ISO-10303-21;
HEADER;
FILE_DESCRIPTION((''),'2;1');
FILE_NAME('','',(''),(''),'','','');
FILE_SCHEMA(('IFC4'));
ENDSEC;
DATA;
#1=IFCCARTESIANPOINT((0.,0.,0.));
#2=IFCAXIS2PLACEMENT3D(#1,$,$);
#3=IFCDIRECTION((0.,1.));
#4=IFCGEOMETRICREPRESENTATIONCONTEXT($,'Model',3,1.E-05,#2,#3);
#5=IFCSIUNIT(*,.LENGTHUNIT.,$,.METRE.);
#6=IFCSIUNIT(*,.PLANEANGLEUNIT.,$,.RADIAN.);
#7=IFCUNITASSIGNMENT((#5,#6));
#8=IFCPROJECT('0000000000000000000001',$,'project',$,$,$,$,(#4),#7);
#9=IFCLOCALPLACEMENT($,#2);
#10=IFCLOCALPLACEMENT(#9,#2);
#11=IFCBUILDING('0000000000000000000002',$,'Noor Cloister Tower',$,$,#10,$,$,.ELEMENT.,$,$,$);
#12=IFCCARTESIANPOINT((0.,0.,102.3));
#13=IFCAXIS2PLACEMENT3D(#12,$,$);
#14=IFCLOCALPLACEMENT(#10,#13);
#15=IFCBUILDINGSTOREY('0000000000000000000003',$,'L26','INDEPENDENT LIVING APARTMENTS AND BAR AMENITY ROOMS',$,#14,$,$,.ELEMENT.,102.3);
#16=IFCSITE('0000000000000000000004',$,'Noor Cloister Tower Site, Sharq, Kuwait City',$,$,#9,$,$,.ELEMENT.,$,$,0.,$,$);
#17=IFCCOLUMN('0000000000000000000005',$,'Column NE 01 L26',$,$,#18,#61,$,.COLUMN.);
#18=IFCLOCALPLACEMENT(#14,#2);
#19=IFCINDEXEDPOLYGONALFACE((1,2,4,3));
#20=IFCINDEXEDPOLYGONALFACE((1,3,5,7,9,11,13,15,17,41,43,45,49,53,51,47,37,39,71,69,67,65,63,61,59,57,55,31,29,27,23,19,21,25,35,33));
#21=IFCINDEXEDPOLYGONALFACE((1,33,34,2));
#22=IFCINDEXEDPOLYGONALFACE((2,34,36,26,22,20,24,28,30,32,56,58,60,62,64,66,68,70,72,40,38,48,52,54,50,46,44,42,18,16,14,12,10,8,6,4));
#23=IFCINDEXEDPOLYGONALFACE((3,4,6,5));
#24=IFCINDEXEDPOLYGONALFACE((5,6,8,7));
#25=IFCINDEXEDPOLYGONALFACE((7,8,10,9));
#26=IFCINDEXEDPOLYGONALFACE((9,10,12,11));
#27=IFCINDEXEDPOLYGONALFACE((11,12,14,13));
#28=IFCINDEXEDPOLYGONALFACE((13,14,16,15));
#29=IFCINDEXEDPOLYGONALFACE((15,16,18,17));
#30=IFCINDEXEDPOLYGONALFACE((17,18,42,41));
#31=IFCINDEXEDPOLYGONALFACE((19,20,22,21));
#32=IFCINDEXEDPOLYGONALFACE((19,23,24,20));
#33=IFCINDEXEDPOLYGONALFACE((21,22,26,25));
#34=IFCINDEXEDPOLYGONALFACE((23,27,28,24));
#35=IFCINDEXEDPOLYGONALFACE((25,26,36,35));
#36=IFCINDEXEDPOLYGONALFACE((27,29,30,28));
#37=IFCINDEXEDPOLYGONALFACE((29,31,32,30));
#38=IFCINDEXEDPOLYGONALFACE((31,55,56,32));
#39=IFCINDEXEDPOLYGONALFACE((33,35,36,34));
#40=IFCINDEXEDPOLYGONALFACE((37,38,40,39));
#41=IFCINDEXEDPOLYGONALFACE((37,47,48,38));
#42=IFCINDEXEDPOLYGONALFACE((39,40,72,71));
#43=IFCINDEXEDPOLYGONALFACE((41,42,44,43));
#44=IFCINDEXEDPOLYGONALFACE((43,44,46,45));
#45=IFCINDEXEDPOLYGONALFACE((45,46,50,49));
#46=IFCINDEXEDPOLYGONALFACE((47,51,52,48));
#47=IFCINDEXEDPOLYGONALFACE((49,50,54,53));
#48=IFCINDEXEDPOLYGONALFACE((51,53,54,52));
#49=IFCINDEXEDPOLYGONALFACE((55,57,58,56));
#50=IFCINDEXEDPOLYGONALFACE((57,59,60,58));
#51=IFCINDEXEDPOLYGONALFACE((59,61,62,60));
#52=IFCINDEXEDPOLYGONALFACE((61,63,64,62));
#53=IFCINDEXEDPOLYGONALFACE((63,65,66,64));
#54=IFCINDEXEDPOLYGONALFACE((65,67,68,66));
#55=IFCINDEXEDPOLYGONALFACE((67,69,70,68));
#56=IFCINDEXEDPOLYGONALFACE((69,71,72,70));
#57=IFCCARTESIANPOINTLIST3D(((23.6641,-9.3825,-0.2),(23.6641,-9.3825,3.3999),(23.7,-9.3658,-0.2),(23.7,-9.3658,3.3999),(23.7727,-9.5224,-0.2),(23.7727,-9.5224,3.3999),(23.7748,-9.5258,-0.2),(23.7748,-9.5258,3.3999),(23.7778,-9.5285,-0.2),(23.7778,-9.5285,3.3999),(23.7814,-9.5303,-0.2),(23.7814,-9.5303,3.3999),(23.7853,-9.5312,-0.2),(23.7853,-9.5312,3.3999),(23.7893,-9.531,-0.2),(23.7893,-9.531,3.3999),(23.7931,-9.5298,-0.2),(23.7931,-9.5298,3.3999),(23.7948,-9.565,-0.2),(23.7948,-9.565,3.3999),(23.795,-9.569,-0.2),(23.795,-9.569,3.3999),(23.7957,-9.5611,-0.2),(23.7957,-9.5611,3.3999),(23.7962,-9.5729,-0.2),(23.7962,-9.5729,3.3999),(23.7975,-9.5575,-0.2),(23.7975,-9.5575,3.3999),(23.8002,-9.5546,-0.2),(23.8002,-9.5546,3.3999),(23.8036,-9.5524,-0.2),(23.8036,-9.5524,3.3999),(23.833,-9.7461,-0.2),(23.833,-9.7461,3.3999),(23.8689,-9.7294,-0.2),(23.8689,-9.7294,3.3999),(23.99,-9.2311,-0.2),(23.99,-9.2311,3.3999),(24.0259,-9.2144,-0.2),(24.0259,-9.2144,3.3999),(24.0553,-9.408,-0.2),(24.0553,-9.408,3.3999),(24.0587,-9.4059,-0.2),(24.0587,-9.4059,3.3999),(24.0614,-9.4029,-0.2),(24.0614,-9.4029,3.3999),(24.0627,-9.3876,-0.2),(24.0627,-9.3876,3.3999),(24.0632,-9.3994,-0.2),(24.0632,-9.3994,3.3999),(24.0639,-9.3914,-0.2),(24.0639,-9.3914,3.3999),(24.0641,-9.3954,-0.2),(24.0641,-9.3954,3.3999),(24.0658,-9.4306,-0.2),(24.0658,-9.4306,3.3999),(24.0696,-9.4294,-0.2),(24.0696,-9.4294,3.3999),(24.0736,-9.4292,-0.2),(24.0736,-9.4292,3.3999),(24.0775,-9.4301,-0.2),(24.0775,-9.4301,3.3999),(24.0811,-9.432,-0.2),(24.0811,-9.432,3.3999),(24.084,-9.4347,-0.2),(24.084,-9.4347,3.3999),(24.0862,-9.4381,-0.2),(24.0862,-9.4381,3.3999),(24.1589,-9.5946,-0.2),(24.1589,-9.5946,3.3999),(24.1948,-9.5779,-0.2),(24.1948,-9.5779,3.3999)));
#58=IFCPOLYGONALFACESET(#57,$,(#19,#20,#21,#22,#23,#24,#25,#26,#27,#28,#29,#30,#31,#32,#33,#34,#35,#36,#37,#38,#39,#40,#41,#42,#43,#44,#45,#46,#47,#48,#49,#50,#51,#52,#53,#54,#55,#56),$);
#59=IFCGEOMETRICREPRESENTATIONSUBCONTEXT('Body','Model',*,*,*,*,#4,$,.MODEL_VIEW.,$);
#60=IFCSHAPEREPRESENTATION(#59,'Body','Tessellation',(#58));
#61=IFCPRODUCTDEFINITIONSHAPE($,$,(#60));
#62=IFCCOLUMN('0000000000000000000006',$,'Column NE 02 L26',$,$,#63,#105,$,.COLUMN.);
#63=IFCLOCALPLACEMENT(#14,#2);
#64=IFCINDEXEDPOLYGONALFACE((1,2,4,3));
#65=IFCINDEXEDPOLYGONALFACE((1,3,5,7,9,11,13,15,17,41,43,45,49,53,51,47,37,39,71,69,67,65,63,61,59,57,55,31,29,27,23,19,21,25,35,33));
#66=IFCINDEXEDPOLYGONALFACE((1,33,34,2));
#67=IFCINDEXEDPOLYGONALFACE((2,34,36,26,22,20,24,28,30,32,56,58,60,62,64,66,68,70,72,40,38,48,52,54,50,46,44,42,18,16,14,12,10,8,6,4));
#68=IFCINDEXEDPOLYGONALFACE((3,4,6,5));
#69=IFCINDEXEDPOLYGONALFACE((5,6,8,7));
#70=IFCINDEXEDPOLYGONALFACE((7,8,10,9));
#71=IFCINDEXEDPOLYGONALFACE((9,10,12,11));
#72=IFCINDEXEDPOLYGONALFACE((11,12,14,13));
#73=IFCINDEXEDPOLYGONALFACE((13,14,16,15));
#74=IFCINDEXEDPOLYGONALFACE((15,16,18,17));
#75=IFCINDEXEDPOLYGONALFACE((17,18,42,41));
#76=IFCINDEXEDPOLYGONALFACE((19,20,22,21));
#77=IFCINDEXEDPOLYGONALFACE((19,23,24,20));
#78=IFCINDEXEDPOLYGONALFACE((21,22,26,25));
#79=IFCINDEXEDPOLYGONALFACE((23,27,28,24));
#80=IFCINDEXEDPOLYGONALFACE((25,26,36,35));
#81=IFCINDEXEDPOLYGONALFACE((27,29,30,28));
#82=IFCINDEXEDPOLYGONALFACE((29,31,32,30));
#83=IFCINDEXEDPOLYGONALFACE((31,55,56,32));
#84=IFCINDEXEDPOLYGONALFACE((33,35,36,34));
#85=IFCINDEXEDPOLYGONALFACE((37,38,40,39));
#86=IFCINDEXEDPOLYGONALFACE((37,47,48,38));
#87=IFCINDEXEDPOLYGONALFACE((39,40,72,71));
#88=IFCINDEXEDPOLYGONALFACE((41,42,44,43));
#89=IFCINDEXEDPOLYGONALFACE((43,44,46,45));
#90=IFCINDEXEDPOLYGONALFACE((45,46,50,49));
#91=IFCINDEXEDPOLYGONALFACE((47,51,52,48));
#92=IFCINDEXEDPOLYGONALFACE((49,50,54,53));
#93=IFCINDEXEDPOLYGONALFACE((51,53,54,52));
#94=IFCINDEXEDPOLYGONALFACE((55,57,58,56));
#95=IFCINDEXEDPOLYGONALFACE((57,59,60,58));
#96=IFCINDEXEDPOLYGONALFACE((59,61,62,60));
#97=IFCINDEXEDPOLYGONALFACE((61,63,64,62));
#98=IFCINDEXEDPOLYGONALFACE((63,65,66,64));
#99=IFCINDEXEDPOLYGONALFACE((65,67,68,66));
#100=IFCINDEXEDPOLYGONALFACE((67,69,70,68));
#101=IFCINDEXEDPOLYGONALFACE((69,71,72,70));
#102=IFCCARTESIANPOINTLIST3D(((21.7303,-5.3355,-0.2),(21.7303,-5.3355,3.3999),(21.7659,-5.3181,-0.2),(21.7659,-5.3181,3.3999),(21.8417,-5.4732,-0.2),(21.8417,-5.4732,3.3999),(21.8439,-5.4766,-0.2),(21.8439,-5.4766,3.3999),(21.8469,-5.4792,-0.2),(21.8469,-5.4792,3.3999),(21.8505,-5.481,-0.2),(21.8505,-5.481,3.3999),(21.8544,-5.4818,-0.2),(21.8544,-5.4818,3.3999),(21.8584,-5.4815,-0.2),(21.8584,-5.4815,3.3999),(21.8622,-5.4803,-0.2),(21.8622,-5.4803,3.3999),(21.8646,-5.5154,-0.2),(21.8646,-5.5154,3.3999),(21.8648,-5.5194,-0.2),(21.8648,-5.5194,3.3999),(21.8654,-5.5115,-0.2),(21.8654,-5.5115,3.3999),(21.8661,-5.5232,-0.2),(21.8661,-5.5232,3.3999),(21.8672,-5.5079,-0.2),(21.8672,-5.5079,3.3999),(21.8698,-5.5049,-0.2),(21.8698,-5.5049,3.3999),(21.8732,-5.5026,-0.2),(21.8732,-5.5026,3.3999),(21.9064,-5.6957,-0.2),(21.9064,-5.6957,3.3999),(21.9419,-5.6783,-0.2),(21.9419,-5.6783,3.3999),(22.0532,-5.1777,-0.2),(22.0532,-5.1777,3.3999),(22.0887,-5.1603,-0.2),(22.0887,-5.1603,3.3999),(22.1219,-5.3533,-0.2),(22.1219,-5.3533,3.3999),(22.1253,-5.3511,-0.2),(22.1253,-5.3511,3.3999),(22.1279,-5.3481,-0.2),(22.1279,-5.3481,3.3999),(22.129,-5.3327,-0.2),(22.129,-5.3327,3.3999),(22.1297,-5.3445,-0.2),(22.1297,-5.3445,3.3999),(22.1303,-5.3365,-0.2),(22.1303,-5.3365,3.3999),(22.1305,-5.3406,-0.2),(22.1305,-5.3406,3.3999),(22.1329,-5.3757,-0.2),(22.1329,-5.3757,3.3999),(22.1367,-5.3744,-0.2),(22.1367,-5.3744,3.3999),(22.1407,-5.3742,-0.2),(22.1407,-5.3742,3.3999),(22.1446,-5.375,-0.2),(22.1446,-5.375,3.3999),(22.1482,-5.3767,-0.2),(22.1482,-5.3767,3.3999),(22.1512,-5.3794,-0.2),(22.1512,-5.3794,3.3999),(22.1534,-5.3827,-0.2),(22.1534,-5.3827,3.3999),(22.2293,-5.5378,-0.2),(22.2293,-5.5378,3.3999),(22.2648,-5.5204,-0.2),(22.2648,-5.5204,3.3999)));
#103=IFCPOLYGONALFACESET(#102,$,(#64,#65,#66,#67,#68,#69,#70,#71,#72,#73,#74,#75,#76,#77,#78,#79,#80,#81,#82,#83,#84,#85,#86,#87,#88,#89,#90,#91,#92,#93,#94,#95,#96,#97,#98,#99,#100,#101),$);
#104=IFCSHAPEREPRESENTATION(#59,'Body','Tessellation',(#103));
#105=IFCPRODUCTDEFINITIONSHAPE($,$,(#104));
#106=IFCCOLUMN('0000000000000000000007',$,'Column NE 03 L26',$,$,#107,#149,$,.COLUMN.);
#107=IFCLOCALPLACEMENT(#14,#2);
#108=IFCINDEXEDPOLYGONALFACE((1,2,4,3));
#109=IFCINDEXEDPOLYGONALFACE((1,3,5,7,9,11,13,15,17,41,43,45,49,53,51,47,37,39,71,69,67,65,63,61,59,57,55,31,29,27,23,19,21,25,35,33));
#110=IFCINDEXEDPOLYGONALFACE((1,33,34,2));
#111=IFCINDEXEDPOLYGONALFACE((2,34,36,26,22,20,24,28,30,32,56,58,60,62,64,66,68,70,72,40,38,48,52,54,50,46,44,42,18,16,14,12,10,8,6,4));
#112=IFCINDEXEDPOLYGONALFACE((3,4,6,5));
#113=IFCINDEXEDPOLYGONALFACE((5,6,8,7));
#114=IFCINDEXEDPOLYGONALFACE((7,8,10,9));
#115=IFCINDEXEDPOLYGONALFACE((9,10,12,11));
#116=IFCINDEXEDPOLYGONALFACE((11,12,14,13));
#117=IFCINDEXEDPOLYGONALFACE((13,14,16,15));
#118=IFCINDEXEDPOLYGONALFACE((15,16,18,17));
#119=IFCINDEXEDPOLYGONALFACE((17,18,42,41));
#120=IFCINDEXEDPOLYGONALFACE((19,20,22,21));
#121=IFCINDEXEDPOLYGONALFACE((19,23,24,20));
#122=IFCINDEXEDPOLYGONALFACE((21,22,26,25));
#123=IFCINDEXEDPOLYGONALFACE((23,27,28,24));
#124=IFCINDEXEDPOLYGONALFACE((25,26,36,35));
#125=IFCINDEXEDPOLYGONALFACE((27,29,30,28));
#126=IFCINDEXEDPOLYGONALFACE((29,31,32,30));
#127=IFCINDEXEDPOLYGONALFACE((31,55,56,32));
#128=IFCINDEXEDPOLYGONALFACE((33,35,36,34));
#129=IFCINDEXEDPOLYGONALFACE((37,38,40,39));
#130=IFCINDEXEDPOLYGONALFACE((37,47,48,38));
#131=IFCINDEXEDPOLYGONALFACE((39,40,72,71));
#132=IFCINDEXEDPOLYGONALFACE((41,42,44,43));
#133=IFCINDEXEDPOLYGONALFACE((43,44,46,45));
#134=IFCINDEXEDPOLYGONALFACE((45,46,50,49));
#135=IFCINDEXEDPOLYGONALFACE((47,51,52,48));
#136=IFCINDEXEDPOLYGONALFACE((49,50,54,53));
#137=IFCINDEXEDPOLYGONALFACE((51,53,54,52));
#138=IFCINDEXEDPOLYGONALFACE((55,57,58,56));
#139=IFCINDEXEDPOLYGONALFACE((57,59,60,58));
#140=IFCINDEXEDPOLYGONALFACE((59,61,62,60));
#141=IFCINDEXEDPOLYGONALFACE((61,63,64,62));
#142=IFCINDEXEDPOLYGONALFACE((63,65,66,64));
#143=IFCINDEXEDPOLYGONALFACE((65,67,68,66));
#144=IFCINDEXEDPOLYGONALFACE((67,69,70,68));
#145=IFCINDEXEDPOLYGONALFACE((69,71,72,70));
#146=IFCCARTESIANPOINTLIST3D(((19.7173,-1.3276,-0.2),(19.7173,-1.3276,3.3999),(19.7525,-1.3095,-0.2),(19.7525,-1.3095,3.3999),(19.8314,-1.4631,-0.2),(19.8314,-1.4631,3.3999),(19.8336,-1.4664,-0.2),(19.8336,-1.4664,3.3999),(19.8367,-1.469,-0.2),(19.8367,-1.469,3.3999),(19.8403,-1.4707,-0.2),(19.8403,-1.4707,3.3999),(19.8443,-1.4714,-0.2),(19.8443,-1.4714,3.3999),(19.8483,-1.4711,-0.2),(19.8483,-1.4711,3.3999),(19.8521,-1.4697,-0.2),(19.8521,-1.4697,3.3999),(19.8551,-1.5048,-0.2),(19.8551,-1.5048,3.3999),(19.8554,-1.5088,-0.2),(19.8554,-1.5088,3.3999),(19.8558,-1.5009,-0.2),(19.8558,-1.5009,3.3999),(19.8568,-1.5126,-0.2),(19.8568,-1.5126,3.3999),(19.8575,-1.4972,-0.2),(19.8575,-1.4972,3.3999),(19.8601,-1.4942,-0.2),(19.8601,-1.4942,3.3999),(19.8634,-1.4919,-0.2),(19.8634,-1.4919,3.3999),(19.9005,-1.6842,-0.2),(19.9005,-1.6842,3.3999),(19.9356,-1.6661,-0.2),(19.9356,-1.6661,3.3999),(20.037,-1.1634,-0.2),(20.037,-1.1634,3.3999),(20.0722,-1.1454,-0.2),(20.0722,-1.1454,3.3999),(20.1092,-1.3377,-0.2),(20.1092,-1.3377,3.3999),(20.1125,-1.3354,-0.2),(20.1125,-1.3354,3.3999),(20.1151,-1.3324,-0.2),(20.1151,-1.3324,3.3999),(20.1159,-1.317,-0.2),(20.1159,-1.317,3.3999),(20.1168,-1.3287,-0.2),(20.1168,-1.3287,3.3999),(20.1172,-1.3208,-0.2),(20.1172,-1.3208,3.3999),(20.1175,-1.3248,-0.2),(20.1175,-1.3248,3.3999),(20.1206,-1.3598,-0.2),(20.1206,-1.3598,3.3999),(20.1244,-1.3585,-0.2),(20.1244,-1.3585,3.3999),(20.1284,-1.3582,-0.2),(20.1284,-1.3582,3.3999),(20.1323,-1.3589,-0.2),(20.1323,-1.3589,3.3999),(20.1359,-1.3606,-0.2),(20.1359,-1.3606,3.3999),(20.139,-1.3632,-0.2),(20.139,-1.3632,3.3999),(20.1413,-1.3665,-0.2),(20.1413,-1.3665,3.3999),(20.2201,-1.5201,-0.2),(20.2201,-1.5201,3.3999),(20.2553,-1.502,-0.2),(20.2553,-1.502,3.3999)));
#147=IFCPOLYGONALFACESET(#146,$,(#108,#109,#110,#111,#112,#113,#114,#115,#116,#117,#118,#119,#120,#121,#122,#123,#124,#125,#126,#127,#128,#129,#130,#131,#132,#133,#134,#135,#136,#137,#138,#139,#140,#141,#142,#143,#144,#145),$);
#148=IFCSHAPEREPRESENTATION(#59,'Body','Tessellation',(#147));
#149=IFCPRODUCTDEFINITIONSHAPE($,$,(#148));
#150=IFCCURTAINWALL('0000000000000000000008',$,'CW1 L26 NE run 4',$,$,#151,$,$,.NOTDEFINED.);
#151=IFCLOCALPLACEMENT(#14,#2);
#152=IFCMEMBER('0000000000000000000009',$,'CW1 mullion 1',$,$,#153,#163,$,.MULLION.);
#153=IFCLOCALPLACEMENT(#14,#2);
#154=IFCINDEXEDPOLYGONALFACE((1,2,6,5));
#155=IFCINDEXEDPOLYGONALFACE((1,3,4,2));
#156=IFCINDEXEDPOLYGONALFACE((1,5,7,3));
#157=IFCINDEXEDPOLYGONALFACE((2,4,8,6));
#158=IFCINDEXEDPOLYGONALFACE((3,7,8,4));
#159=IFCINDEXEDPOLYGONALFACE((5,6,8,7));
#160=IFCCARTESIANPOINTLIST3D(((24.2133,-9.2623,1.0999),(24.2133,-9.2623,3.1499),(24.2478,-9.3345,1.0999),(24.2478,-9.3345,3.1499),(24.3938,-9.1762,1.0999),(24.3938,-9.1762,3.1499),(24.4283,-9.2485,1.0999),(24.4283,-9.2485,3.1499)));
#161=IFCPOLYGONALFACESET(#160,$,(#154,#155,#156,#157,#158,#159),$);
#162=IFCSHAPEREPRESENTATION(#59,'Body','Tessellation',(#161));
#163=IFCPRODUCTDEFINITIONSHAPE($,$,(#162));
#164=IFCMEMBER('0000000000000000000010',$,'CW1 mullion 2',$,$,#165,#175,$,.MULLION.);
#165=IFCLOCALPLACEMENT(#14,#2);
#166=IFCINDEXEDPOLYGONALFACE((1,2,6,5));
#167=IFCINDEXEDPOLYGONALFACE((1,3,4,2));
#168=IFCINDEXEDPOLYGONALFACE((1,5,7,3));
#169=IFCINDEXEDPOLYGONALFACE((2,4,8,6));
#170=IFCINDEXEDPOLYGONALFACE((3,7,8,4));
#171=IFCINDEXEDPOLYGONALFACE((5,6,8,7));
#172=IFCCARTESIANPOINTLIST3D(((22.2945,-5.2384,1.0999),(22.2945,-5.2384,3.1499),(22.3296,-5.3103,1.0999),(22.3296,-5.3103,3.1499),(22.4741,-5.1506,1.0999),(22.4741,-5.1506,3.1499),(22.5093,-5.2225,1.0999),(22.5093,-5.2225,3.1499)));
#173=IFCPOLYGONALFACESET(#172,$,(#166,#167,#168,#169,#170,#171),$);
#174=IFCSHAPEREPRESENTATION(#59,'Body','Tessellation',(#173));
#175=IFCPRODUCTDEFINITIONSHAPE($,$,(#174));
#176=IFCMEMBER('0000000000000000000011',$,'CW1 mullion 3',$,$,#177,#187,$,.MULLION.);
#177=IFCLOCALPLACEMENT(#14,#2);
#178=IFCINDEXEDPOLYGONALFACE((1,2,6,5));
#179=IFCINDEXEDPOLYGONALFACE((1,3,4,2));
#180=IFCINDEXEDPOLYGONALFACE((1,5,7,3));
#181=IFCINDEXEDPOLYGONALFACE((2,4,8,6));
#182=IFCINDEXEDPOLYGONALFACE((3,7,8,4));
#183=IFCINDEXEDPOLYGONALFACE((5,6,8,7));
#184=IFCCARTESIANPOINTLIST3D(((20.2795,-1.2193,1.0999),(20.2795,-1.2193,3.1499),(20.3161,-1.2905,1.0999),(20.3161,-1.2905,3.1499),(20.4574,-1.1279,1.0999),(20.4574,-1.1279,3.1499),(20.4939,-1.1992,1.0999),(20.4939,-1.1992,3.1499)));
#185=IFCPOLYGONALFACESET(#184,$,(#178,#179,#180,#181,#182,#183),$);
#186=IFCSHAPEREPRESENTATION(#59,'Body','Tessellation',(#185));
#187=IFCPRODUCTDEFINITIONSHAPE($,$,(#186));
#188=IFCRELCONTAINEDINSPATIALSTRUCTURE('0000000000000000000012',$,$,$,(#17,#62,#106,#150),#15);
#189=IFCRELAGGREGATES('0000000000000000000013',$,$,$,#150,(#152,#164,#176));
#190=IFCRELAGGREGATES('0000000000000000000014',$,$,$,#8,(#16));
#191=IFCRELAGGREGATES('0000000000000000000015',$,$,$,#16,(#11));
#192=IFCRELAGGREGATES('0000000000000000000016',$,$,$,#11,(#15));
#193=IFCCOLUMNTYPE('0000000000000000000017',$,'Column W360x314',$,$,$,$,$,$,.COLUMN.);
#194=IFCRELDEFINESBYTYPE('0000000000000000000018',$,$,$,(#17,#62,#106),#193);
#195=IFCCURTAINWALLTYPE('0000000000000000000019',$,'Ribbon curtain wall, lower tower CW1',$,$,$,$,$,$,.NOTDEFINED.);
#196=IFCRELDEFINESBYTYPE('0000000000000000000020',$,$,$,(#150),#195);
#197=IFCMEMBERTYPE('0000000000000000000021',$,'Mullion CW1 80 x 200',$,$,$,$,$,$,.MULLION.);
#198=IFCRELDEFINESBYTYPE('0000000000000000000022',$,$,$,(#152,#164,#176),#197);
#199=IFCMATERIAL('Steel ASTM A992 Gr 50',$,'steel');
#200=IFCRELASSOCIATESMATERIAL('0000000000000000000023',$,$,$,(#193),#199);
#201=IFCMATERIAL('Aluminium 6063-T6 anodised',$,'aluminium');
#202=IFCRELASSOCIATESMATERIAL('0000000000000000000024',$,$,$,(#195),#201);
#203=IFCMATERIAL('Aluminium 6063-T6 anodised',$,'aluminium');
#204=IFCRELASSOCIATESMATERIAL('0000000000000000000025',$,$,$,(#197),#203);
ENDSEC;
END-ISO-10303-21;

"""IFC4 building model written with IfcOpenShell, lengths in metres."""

from ifc_helpers import new_model, si_unit, direction, frame, origin, origin_2d, place, context, subcontext, project, spatial, rectangle, i_section, extrude, material, material_profile, profile_set, type_object, element, aggregate, save


model = new_model("IFC4")

# Units and contexts
model_context = context("Model", 3, precision=1e-05, world=origin(), true_north=direction((0.0, 1.0)))
body_context = subcontext(model_context, "Body", "Model", "MODEL_VIEW")
ifc_project = project(units=[si_unit("LENGTHUNIT", "METRE"), si_unit("PLANEANGLEUNIT", "RADIAN")], contexts=[model_context])

# Site, building, storey
site_placement = place(None, origin())
site = spatial("IfcSite", under=ifc_project, at=site_placement, Name="Noor Cloister Tower Site, Sharq, Kuwait City", CompositionType="ELEMENT", RefElevation=0.0)
building_placement = place(site_placement, origin())
building = spatial("IfcBuilding", under=site, at=building_placement, Name="Noor Cloister Tower", CompositionType="ELEMENT")
storey_placement = place(building_placement, frame((0.0, 0.0, 102.3)))
storey = spatial("IfcBuildingStorey", under=building, at=storey_placement, Name="L26", Description="INDEPENDENT LIVING APARTMENTS AND BAR AMENITY ROOMS", CompositionType="ELEMENT", Elevation=102.3)

# Columns
ifc_material_1 = material(Name="Steel ASTM A992 Gr 50", Category="steel")
ifc_material_profile_1 = material_profile(ifc_material_1, i_section(OverallWidth=0.4009, OverallDepth=0.3989, WebThickness=0.0249, FlangeThickness=0.0396, FilletRadius=0.0154, at=origin_2d()), Name="W360x314")
ifc_profile_set_1 = profile_set([ifc_material_profile_1], Name="Steel ASTM A992 Gr 50")
column_type = type_object("IfcColumnType", Name="Column W360x314", PredefinedType="COLUMN", material=ifc_profile_set_1)
for number, where, z_axis, x_axis, name in (
    (1, (23.9294, -9.4802, -0.2), (0.0, 0.0, 1.0), (-0.421432, 0.90686, 0.0), "Column NE 01 L26"),
    (2, (21.9976, -5.428, -0.2), (0.0, 0.0, 1.0), (-0.439199, 0.89839, 0.0), "Column NE 02 L26"),
    (3, (19.9863, -1.4148, -0.2), (0.0, 0.0, 1.0), (-0.456796, 0.889571, 0.0), "Column NE 03 L26"),
):
    element("IfcColumn", number, at=place(storey_placement, frame(where, z_axis=z_axis, x_axis=x_axis)), inside=storey, type_object=column_type, Name=name, PredefinedType="COLUMN", context=body_context, shape_type="SweptSolid", body=[
        extrude(i_section(OverallWidth=0.4009, OverallDepth=0.3989, WebThickness=0.0249, FlangeThickness=0.0396, FilletRadius=0.0154, at=origin_2d()), origin(), (0.0, 0.0, 1.0), 3.5999),
    ])

# Curtain wall, members
ifc_material_2 = material(Name="Aluminium 6063-T6 anodised", Category="aluminium")
curtain_wall_type = type_object("IfcCurtainWallType", Name="Ribbon curtain wall, lower tower CW1", PredefinedType="NOTDEFINED", material=ifc_material_2)
curtain_wall_placement = place(storey_placement, origin())
curtain_wall = element("IfcCurtainWall", 4, at=curtain_wall_placement, inside=storey, type_object=curtain_wall_type, Name="CW1 L26 NE run 4", PredefinedType="NOTDEFINED")
ifc_material_3 = material(Name="Aluminium 6063-T6 anodised", Category="aluminium")
ifc_material_profile_2 = material_profile(ifc_material_3, rectangle(XDim=0.2, YDim=0.0801, at=origin_2d()), Name="200 x 80 mullion")
ifc_profile_set_2 = profile_set([ifc_material_profile_2], Name="Aluminium 6063-T6 anodised")
member_type = type_object("IfcMemberType", Name="Mullion CW1 80 x 200", PredefinedType="MULLION", material=ifc_profile_set_2)
member_1_placement = place(storey_placement, frame((24.3208, -9.2554, 1.0999), z_axis=(0.0, 0.0, 1.0), x_axis=(-0.902668, -0.430337, 0.0)))
member_1 = element("IfcMember", 5, at=member_1_placement, type_object=member_type, Name="CW1 mullion 1", PredefinedType="MULLION", context=body_context, shape_type="SweptSolid", body=[
    extrude(rectangle(XDim=0.2, YDim=0.0801, at=origin_2d()), origin(), (0.0, 0.0, 1.0), 2.05),
])
member_2_placement = place(storey_placement, frame((22.4019, -5.2305, 1.0999), z_axis=(0.0, 0.0, 1.0), x_axis=(-0.89839, -0.439199, 0.0)))
member_2 = element("IfcMember", 6, at=member_2_placement, type_object=member_type, Name="CW1 mullion 2", PredefinedType="MULLION", context=body_context, shape_type="SweptSolid", body=[
    extrude(rectangle(XDim=0.2, YDim=0.0801, at=origin_2d()), origin(), (0.0, 0.0, 1.0), 2.05),
])
member_3_placement = place(storey_placement, frame((20.3867, -1.2092, 1.0999), z_axis=(0.0, 0.0, 1.0), x_axis=(-0.889571, -0.456796, 0.0)))
member_3 = element("IfcMember", 7, at=member_3_placement, type_object=member_type, Name="CW1 mullion 3", PredefinedType="MULLION", context=body_context, shape_type="SweptSolid", body=[
    extrude(rectangle(XDim=0.2, YDim=0.0801, at=origin_2d()), origin(), (0.0, 0.0, 1.0), 2.05),
])

aggregate(curtain_wall, [member_1, member_2, member_3])

save(model, "model.ifc")
